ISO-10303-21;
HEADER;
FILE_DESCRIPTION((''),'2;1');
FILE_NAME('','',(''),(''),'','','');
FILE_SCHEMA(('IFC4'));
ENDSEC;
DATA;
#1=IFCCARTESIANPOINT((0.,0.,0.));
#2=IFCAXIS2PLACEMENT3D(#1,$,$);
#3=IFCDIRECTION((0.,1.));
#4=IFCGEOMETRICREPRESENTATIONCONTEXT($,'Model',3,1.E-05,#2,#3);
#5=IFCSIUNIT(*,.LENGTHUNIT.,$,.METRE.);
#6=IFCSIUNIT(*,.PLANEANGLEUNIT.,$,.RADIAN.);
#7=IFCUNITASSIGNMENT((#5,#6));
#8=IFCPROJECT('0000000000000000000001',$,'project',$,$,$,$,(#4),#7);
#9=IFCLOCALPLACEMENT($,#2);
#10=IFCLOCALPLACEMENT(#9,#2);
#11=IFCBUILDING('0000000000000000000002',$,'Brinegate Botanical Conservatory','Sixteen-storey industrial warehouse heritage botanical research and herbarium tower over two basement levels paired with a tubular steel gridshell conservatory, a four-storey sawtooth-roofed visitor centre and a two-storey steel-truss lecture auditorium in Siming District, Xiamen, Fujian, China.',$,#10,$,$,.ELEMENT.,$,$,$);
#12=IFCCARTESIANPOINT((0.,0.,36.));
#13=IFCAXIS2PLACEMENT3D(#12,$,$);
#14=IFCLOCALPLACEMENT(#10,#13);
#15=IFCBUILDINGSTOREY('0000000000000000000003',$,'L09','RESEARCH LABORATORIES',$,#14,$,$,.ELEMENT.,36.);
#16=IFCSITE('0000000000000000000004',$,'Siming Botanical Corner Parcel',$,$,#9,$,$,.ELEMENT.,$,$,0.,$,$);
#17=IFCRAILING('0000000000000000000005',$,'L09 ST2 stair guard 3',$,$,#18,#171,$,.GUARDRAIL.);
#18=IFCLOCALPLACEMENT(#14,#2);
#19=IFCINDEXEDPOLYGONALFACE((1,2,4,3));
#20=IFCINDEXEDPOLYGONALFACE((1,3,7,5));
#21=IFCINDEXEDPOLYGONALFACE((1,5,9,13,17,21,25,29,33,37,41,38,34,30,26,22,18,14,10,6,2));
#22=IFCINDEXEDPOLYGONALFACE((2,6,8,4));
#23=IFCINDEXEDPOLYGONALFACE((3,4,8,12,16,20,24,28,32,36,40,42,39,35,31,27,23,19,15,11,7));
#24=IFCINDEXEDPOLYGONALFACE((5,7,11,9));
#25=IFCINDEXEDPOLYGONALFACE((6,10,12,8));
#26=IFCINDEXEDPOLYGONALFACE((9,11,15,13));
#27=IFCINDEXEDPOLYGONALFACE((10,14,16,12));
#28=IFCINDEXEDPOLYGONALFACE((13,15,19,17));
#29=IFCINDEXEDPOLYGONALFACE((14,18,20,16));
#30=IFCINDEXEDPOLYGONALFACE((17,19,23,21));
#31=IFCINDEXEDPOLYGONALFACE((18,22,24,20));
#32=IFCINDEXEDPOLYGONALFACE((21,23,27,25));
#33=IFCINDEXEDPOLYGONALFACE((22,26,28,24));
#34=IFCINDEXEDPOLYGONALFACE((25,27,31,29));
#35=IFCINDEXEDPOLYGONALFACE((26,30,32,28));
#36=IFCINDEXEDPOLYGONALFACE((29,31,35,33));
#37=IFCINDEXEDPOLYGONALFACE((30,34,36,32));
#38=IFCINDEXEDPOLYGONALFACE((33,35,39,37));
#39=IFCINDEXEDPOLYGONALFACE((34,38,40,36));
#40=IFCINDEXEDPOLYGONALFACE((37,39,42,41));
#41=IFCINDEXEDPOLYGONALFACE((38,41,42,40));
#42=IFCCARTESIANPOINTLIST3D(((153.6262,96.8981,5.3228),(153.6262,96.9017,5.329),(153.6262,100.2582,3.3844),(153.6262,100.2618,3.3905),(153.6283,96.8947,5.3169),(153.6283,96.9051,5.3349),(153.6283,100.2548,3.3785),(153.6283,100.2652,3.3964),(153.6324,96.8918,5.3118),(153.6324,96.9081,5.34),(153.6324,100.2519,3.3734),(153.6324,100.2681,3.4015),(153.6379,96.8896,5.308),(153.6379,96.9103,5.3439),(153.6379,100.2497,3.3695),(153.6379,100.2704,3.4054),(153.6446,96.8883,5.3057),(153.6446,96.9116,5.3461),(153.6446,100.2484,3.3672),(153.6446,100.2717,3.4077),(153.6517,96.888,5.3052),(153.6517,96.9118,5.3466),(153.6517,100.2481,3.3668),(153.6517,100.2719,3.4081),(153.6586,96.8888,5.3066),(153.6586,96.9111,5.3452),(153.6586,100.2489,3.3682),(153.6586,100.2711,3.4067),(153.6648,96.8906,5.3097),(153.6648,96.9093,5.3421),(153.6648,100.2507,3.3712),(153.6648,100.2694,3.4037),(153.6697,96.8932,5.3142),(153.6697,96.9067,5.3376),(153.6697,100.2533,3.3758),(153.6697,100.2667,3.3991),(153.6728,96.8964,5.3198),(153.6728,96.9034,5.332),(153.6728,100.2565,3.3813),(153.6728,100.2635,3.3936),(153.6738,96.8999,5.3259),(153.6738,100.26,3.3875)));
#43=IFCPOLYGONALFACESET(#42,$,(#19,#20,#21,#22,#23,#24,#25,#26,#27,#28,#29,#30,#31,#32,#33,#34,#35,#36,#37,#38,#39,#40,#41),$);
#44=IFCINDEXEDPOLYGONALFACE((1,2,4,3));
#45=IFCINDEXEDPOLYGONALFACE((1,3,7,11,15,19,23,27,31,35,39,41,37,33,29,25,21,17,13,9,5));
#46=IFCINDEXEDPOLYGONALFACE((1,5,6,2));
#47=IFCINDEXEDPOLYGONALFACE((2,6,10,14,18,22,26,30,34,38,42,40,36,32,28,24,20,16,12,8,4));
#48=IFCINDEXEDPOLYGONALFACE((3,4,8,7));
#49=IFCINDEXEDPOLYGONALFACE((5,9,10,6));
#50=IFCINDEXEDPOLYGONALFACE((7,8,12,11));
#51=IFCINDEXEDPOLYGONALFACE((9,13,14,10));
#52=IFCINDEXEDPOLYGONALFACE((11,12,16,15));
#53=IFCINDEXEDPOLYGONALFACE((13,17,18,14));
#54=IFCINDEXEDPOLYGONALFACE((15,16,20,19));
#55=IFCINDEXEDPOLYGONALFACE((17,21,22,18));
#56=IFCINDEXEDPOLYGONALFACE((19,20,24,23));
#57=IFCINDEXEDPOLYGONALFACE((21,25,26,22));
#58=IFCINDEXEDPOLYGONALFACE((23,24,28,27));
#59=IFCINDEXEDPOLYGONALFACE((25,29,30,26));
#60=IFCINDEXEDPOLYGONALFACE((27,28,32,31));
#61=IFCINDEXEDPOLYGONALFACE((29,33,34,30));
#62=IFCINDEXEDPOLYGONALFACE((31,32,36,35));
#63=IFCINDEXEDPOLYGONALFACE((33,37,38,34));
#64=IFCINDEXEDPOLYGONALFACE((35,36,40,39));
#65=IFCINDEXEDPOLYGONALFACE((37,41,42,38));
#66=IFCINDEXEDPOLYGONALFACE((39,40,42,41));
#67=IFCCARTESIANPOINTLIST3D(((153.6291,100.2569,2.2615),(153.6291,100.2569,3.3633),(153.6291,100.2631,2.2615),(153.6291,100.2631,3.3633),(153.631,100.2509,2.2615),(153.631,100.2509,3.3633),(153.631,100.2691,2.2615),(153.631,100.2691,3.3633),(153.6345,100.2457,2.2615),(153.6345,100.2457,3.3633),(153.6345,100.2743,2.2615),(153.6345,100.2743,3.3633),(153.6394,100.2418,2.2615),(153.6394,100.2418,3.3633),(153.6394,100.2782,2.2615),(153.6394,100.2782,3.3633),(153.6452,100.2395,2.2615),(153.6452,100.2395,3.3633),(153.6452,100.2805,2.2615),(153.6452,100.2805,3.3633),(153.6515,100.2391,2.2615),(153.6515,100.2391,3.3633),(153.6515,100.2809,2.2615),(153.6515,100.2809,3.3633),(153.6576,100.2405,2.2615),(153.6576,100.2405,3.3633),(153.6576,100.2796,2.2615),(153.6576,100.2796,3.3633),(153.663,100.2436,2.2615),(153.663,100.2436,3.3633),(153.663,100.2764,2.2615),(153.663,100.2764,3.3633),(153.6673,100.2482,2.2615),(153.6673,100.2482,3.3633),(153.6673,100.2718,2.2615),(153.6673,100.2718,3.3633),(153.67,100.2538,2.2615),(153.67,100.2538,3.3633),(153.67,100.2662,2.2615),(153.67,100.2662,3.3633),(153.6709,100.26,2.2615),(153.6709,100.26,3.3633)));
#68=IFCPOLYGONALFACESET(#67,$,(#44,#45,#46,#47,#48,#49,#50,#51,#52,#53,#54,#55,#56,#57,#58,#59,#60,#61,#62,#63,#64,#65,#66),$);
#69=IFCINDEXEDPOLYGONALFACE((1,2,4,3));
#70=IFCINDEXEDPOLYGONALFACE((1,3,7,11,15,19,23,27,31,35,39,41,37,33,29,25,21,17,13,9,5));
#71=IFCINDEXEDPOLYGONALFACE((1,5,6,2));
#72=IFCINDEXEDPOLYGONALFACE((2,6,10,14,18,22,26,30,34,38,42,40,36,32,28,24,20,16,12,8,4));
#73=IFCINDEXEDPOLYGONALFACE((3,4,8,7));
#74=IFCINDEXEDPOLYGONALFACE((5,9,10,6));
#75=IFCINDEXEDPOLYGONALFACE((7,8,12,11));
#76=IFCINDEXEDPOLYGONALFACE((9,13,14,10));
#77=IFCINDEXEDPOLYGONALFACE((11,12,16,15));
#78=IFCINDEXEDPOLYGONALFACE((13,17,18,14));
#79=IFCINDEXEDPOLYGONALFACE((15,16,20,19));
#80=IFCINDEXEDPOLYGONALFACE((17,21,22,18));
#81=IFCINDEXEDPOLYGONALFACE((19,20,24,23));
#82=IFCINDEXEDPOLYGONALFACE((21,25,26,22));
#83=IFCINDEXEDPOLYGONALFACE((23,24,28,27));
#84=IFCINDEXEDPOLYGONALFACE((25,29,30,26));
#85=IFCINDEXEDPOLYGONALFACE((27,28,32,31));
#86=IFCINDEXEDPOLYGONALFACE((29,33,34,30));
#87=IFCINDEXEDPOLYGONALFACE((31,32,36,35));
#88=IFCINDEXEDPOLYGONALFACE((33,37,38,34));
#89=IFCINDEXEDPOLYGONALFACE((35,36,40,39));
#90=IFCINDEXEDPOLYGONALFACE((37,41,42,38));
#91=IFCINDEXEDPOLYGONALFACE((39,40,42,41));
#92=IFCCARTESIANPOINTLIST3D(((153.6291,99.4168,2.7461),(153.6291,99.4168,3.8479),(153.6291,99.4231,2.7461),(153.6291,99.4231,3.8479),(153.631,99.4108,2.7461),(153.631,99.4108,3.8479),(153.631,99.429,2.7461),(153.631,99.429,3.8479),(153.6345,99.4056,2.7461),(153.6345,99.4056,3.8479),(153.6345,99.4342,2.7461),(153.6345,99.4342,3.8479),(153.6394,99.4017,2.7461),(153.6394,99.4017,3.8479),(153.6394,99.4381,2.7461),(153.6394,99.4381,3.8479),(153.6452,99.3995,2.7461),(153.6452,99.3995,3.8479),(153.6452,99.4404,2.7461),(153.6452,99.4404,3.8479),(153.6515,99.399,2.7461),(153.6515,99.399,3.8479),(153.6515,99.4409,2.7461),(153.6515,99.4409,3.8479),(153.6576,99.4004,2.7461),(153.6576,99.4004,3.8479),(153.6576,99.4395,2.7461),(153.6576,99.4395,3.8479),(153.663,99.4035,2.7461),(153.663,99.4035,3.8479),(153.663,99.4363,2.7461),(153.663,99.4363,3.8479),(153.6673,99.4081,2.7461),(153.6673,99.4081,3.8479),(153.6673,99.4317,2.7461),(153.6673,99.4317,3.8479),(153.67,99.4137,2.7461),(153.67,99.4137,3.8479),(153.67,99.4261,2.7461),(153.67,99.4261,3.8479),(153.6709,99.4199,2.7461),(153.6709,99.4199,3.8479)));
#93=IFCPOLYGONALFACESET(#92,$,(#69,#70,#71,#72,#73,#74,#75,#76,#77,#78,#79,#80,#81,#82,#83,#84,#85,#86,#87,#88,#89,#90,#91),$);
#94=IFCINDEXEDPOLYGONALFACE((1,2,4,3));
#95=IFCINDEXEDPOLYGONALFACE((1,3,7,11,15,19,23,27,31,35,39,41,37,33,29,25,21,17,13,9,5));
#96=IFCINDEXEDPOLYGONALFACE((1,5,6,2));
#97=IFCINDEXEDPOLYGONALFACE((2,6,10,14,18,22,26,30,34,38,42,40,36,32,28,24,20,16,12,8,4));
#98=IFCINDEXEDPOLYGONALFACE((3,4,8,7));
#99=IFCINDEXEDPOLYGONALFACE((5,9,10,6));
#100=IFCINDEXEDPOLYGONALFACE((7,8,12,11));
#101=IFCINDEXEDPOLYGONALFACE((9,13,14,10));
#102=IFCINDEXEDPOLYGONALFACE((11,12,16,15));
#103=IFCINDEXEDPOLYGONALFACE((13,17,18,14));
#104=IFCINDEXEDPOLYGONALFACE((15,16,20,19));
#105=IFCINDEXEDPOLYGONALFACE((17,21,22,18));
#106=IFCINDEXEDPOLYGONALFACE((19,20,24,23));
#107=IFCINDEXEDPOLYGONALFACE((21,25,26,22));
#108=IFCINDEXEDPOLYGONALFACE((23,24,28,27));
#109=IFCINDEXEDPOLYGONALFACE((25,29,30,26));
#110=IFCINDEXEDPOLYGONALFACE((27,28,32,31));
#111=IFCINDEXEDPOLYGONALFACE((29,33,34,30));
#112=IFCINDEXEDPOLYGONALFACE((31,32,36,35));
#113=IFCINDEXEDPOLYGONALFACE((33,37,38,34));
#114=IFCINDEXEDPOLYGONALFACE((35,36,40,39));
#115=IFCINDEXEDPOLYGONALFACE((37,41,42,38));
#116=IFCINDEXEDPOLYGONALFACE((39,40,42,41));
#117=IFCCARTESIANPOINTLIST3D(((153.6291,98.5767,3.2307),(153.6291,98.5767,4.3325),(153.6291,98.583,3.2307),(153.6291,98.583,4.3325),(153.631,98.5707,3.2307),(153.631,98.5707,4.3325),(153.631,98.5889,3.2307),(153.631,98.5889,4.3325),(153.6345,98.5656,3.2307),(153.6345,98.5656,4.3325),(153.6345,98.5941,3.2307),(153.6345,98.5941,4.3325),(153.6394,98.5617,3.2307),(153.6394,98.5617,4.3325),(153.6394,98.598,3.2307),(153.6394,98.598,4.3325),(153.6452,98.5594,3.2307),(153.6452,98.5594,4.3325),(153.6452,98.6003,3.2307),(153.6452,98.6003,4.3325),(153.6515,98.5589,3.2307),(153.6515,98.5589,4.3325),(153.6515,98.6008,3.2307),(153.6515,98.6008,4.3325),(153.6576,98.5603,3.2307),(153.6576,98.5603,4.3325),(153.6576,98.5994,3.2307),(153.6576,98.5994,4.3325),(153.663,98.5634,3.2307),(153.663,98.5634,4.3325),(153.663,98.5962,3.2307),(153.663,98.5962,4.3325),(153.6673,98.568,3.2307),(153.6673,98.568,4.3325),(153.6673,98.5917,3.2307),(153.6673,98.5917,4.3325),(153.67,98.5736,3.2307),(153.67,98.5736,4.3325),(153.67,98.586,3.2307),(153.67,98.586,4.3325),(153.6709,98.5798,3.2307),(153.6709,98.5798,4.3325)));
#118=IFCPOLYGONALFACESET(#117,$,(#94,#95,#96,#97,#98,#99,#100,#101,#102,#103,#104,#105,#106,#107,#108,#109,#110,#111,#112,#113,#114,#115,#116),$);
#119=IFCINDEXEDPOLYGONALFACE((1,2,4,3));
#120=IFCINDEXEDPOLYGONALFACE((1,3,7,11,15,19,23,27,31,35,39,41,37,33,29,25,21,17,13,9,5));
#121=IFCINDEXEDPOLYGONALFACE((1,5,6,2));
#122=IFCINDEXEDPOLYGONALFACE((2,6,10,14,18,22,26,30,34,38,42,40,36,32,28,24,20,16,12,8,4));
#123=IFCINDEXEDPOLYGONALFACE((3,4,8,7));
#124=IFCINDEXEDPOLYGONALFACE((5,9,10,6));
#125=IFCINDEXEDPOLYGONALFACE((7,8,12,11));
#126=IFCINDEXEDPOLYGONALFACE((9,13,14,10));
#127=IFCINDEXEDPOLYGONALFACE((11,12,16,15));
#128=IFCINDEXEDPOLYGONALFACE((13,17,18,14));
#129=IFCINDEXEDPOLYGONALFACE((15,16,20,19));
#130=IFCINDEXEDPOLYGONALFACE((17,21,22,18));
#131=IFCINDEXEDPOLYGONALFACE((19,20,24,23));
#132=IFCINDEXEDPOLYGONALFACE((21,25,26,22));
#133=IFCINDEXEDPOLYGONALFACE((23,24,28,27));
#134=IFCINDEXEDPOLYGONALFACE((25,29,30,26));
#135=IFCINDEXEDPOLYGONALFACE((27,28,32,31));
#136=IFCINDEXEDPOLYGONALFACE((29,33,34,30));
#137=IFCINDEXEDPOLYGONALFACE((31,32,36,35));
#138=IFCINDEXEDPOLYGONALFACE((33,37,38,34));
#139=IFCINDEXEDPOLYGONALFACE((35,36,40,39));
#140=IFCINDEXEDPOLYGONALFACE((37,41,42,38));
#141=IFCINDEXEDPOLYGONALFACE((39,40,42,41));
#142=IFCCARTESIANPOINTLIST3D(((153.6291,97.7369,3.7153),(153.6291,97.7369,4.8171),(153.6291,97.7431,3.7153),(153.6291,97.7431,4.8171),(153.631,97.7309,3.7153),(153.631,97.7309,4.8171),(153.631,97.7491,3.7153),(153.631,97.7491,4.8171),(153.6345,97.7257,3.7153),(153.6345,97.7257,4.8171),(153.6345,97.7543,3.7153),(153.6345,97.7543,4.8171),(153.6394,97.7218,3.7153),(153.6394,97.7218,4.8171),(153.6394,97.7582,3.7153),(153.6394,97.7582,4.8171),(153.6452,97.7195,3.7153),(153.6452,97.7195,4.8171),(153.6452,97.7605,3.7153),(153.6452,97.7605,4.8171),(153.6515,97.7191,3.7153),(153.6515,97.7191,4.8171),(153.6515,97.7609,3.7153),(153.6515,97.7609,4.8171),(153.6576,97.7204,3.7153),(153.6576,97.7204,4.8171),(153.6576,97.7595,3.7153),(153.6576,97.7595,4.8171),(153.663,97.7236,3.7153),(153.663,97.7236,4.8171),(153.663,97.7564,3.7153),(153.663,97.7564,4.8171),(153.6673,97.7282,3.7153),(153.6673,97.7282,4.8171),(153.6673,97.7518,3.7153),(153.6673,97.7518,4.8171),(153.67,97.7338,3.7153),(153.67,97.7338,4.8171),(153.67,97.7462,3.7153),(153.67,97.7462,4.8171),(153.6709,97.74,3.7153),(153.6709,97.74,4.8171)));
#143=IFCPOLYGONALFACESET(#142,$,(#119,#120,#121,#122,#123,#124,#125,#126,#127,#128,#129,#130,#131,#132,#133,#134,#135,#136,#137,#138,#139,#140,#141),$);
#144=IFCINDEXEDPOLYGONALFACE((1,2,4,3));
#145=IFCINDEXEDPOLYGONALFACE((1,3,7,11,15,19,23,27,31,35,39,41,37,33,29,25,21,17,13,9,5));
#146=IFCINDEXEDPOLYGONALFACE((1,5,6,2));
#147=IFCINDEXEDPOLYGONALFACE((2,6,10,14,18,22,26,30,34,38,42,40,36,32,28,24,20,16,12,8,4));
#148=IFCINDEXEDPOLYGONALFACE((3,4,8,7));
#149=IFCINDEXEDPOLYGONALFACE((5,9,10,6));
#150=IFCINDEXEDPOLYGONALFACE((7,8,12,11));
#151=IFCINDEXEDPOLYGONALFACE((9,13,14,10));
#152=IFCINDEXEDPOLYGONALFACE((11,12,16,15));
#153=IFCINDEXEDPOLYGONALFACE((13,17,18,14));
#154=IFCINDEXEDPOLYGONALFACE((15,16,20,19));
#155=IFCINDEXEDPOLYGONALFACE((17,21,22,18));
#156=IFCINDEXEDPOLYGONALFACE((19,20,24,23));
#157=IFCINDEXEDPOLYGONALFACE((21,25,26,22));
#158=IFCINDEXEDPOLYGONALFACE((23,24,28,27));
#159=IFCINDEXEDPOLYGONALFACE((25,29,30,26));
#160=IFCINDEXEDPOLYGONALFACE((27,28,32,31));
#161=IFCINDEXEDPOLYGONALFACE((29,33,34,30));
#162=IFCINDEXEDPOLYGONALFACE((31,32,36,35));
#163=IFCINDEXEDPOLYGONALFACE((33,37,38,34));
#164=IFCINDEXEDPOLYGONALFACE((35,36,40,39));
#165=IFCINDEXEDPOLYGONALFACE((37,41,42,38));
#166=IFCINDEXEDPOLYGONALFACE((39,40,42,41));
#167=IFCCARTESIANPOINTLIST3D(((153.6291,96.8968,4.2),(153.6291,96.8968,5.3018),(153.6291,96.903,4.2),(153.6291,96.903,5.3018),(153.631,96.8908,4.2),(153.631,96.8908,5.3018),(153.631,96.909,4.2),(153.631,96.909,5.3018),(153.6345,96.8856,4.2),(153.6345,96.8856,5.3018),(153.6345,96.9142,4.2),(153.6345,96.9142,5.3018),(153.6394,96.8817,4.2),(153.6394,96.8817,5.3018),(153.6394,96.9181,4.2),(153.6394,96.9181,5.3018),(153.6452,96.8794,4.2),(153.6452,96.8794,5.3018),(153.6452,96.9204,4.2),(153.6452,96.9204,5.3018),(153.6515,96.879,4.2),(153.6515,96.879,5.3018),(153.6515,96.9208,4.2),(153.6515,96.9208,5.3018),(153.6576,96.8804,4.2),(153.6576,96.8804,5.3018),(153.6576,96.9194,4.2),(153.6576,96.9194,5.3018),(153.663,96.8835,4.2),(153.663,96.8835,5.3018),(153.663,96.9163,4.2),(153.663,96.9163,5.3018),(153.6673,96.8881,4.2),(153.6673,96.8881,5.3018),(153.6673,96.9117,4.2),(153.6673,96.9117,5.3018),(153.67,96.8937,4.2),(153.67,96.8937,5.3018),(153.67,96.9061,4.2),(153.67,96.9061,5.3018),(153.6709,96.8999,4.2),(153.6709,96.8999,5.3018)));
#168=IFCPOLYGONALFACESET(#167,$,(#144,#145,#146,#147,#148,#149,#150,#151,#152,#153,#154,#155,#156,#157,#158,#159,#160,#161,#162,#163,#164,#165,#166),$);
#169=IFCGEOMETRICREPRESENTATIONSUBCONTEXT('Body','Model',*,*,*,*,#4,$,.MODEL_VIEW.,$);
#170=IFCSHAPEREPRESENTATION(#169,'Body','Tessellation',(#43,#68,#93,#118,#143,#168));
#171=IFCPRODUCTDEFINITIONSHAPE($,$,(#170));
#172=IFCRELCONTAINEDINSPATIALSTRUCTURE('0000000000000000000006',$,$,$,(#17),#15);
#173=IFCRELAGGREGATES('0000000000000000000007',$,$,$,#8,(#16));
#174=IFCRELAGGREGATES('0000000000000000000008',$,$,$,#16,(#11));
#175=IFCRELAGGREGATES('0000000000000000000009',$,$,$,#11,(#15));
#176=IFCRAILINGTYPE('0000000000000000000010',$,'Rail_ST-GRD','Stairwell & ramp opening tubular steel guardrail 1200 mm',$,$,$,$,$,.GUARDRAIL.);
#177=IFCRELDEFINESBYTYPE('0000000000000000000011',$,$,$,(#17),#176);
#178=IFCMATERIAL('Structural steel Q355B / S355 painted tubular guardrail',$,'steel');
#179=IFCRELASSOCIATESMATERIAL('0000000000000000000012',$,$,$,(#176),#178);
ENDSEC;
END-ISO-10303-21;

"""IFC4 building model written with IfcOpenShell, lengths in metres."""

from ifc_helpers import new_model, si_unit, direction, frame, origin, origin_2d, place, context, subcontext, project, spatial, circle, extrude, material, type_object, element, save


model = new_model("IFC4")

# Units and contexts
model_context = context("Model", 3, precision=1e-05, world=origin(), true_north=direction((0.0, 1.0)))
body_context = subcontext(model_context, "Body", "Model", "MODEL_VIEW")
ifc_project = project(units=[si_unit("LENGTHUNIT", "METRE"), si_unit("PLANEANGLEUNIT", "RADIAN")], contexts=[model_context])

# Site, building, storey
site_placement = place(None, origin())
site = spatial("IfcSite", under=ifc_project, at=site_placement, Name="Siming Botanical Corner Parcel", CompositionType="ELEMENT", RefElevation=0.0)
building_placement = place(site_placement, origin())
building = spatial("IfcBuilding", under=site, at=building_placement, Name="Brinegate Botanical Conservatory", Description="Sixteen-storey industrial warehouse heritage botanical research and herbarium tower over two basement levels paired with a tubular steel gridshell conservatory, a four-storey sawtooth-roofed visitor centre and a two-storey steel-truss lecture auditorium in Siming District, Xiamen, Fujian, China.", CompositionType="ELEMENT")
storey_placement = place(building_placement, frame((0.0, 0.0, 36.0)))
storey = spatial("IfcBuildingStorey", under=building, at=storey_placement, Name="L09", Description="RESEARCH LABORATORIES", CompositionType="ELEMENT", Elevation=36.0)

# Railing
ifc_material_1 = material(Name="Structural steel Q355B / S355 painted tubular guardrail", Category="steel")
railing_type_1 = type_object("IfcRailingType", Name="Rail_ST-GRD", Description="Stairwell & ramp opening tubular steel guardrail 1200 mm", PredefinedType="GUARDRAIL", material=ifc_material_1)
railing_1_placement = place(storey_placement, frame((153.6499, 100.26, 2.2615)))
element("IfcRailing", 1, at=railing_1_placement, inside=storey, type_object=railing_type_1, Name="L09 ST2 stair guard 3", PredefinedType="GUARDRAIL", context=body_context, shape_type="SweptSolid", body=[
    extrude(circle(Radius=0.0239, at=origin_2d()), frame((0.0, 0.0, 1.126), z_axis=(0.0, -0.866191, 0.499713), x_axis=(1.0, 0.0, 0.0)), (0.0, 0.0, 1.0), 3.8792),
    extrude(circle(Radius=0.021, at=origin_2d()), origin(), (0.0, 0.0, 1.0), 1.1018),
    extrude(circle(Radius=0.021, at=origin_2d()), frame((0.0, -0.8401, 0.4846)), (0.0, 0.0, 1.0), 1.1018),
    extrude(circle(Radius=0.021, at=origin_2d()), frame((0.0, -1.6802, 0.9692)), (0.0, 0.0, 1.0), 1.1018),
    extrude(circle(Radius=0.021, at=origin_2d()), frame((0.0, -2.52, 1.4539)), (0.0, 0.0, 1.0), 1.1018),
    extrude(circle(Radius=0.021, at=origin_2d()), frame((0.0, -3.3601, 1.9385)), (0.0, 0.0, 1.0), 1.1018),
])

save(model, "model.ifc")
